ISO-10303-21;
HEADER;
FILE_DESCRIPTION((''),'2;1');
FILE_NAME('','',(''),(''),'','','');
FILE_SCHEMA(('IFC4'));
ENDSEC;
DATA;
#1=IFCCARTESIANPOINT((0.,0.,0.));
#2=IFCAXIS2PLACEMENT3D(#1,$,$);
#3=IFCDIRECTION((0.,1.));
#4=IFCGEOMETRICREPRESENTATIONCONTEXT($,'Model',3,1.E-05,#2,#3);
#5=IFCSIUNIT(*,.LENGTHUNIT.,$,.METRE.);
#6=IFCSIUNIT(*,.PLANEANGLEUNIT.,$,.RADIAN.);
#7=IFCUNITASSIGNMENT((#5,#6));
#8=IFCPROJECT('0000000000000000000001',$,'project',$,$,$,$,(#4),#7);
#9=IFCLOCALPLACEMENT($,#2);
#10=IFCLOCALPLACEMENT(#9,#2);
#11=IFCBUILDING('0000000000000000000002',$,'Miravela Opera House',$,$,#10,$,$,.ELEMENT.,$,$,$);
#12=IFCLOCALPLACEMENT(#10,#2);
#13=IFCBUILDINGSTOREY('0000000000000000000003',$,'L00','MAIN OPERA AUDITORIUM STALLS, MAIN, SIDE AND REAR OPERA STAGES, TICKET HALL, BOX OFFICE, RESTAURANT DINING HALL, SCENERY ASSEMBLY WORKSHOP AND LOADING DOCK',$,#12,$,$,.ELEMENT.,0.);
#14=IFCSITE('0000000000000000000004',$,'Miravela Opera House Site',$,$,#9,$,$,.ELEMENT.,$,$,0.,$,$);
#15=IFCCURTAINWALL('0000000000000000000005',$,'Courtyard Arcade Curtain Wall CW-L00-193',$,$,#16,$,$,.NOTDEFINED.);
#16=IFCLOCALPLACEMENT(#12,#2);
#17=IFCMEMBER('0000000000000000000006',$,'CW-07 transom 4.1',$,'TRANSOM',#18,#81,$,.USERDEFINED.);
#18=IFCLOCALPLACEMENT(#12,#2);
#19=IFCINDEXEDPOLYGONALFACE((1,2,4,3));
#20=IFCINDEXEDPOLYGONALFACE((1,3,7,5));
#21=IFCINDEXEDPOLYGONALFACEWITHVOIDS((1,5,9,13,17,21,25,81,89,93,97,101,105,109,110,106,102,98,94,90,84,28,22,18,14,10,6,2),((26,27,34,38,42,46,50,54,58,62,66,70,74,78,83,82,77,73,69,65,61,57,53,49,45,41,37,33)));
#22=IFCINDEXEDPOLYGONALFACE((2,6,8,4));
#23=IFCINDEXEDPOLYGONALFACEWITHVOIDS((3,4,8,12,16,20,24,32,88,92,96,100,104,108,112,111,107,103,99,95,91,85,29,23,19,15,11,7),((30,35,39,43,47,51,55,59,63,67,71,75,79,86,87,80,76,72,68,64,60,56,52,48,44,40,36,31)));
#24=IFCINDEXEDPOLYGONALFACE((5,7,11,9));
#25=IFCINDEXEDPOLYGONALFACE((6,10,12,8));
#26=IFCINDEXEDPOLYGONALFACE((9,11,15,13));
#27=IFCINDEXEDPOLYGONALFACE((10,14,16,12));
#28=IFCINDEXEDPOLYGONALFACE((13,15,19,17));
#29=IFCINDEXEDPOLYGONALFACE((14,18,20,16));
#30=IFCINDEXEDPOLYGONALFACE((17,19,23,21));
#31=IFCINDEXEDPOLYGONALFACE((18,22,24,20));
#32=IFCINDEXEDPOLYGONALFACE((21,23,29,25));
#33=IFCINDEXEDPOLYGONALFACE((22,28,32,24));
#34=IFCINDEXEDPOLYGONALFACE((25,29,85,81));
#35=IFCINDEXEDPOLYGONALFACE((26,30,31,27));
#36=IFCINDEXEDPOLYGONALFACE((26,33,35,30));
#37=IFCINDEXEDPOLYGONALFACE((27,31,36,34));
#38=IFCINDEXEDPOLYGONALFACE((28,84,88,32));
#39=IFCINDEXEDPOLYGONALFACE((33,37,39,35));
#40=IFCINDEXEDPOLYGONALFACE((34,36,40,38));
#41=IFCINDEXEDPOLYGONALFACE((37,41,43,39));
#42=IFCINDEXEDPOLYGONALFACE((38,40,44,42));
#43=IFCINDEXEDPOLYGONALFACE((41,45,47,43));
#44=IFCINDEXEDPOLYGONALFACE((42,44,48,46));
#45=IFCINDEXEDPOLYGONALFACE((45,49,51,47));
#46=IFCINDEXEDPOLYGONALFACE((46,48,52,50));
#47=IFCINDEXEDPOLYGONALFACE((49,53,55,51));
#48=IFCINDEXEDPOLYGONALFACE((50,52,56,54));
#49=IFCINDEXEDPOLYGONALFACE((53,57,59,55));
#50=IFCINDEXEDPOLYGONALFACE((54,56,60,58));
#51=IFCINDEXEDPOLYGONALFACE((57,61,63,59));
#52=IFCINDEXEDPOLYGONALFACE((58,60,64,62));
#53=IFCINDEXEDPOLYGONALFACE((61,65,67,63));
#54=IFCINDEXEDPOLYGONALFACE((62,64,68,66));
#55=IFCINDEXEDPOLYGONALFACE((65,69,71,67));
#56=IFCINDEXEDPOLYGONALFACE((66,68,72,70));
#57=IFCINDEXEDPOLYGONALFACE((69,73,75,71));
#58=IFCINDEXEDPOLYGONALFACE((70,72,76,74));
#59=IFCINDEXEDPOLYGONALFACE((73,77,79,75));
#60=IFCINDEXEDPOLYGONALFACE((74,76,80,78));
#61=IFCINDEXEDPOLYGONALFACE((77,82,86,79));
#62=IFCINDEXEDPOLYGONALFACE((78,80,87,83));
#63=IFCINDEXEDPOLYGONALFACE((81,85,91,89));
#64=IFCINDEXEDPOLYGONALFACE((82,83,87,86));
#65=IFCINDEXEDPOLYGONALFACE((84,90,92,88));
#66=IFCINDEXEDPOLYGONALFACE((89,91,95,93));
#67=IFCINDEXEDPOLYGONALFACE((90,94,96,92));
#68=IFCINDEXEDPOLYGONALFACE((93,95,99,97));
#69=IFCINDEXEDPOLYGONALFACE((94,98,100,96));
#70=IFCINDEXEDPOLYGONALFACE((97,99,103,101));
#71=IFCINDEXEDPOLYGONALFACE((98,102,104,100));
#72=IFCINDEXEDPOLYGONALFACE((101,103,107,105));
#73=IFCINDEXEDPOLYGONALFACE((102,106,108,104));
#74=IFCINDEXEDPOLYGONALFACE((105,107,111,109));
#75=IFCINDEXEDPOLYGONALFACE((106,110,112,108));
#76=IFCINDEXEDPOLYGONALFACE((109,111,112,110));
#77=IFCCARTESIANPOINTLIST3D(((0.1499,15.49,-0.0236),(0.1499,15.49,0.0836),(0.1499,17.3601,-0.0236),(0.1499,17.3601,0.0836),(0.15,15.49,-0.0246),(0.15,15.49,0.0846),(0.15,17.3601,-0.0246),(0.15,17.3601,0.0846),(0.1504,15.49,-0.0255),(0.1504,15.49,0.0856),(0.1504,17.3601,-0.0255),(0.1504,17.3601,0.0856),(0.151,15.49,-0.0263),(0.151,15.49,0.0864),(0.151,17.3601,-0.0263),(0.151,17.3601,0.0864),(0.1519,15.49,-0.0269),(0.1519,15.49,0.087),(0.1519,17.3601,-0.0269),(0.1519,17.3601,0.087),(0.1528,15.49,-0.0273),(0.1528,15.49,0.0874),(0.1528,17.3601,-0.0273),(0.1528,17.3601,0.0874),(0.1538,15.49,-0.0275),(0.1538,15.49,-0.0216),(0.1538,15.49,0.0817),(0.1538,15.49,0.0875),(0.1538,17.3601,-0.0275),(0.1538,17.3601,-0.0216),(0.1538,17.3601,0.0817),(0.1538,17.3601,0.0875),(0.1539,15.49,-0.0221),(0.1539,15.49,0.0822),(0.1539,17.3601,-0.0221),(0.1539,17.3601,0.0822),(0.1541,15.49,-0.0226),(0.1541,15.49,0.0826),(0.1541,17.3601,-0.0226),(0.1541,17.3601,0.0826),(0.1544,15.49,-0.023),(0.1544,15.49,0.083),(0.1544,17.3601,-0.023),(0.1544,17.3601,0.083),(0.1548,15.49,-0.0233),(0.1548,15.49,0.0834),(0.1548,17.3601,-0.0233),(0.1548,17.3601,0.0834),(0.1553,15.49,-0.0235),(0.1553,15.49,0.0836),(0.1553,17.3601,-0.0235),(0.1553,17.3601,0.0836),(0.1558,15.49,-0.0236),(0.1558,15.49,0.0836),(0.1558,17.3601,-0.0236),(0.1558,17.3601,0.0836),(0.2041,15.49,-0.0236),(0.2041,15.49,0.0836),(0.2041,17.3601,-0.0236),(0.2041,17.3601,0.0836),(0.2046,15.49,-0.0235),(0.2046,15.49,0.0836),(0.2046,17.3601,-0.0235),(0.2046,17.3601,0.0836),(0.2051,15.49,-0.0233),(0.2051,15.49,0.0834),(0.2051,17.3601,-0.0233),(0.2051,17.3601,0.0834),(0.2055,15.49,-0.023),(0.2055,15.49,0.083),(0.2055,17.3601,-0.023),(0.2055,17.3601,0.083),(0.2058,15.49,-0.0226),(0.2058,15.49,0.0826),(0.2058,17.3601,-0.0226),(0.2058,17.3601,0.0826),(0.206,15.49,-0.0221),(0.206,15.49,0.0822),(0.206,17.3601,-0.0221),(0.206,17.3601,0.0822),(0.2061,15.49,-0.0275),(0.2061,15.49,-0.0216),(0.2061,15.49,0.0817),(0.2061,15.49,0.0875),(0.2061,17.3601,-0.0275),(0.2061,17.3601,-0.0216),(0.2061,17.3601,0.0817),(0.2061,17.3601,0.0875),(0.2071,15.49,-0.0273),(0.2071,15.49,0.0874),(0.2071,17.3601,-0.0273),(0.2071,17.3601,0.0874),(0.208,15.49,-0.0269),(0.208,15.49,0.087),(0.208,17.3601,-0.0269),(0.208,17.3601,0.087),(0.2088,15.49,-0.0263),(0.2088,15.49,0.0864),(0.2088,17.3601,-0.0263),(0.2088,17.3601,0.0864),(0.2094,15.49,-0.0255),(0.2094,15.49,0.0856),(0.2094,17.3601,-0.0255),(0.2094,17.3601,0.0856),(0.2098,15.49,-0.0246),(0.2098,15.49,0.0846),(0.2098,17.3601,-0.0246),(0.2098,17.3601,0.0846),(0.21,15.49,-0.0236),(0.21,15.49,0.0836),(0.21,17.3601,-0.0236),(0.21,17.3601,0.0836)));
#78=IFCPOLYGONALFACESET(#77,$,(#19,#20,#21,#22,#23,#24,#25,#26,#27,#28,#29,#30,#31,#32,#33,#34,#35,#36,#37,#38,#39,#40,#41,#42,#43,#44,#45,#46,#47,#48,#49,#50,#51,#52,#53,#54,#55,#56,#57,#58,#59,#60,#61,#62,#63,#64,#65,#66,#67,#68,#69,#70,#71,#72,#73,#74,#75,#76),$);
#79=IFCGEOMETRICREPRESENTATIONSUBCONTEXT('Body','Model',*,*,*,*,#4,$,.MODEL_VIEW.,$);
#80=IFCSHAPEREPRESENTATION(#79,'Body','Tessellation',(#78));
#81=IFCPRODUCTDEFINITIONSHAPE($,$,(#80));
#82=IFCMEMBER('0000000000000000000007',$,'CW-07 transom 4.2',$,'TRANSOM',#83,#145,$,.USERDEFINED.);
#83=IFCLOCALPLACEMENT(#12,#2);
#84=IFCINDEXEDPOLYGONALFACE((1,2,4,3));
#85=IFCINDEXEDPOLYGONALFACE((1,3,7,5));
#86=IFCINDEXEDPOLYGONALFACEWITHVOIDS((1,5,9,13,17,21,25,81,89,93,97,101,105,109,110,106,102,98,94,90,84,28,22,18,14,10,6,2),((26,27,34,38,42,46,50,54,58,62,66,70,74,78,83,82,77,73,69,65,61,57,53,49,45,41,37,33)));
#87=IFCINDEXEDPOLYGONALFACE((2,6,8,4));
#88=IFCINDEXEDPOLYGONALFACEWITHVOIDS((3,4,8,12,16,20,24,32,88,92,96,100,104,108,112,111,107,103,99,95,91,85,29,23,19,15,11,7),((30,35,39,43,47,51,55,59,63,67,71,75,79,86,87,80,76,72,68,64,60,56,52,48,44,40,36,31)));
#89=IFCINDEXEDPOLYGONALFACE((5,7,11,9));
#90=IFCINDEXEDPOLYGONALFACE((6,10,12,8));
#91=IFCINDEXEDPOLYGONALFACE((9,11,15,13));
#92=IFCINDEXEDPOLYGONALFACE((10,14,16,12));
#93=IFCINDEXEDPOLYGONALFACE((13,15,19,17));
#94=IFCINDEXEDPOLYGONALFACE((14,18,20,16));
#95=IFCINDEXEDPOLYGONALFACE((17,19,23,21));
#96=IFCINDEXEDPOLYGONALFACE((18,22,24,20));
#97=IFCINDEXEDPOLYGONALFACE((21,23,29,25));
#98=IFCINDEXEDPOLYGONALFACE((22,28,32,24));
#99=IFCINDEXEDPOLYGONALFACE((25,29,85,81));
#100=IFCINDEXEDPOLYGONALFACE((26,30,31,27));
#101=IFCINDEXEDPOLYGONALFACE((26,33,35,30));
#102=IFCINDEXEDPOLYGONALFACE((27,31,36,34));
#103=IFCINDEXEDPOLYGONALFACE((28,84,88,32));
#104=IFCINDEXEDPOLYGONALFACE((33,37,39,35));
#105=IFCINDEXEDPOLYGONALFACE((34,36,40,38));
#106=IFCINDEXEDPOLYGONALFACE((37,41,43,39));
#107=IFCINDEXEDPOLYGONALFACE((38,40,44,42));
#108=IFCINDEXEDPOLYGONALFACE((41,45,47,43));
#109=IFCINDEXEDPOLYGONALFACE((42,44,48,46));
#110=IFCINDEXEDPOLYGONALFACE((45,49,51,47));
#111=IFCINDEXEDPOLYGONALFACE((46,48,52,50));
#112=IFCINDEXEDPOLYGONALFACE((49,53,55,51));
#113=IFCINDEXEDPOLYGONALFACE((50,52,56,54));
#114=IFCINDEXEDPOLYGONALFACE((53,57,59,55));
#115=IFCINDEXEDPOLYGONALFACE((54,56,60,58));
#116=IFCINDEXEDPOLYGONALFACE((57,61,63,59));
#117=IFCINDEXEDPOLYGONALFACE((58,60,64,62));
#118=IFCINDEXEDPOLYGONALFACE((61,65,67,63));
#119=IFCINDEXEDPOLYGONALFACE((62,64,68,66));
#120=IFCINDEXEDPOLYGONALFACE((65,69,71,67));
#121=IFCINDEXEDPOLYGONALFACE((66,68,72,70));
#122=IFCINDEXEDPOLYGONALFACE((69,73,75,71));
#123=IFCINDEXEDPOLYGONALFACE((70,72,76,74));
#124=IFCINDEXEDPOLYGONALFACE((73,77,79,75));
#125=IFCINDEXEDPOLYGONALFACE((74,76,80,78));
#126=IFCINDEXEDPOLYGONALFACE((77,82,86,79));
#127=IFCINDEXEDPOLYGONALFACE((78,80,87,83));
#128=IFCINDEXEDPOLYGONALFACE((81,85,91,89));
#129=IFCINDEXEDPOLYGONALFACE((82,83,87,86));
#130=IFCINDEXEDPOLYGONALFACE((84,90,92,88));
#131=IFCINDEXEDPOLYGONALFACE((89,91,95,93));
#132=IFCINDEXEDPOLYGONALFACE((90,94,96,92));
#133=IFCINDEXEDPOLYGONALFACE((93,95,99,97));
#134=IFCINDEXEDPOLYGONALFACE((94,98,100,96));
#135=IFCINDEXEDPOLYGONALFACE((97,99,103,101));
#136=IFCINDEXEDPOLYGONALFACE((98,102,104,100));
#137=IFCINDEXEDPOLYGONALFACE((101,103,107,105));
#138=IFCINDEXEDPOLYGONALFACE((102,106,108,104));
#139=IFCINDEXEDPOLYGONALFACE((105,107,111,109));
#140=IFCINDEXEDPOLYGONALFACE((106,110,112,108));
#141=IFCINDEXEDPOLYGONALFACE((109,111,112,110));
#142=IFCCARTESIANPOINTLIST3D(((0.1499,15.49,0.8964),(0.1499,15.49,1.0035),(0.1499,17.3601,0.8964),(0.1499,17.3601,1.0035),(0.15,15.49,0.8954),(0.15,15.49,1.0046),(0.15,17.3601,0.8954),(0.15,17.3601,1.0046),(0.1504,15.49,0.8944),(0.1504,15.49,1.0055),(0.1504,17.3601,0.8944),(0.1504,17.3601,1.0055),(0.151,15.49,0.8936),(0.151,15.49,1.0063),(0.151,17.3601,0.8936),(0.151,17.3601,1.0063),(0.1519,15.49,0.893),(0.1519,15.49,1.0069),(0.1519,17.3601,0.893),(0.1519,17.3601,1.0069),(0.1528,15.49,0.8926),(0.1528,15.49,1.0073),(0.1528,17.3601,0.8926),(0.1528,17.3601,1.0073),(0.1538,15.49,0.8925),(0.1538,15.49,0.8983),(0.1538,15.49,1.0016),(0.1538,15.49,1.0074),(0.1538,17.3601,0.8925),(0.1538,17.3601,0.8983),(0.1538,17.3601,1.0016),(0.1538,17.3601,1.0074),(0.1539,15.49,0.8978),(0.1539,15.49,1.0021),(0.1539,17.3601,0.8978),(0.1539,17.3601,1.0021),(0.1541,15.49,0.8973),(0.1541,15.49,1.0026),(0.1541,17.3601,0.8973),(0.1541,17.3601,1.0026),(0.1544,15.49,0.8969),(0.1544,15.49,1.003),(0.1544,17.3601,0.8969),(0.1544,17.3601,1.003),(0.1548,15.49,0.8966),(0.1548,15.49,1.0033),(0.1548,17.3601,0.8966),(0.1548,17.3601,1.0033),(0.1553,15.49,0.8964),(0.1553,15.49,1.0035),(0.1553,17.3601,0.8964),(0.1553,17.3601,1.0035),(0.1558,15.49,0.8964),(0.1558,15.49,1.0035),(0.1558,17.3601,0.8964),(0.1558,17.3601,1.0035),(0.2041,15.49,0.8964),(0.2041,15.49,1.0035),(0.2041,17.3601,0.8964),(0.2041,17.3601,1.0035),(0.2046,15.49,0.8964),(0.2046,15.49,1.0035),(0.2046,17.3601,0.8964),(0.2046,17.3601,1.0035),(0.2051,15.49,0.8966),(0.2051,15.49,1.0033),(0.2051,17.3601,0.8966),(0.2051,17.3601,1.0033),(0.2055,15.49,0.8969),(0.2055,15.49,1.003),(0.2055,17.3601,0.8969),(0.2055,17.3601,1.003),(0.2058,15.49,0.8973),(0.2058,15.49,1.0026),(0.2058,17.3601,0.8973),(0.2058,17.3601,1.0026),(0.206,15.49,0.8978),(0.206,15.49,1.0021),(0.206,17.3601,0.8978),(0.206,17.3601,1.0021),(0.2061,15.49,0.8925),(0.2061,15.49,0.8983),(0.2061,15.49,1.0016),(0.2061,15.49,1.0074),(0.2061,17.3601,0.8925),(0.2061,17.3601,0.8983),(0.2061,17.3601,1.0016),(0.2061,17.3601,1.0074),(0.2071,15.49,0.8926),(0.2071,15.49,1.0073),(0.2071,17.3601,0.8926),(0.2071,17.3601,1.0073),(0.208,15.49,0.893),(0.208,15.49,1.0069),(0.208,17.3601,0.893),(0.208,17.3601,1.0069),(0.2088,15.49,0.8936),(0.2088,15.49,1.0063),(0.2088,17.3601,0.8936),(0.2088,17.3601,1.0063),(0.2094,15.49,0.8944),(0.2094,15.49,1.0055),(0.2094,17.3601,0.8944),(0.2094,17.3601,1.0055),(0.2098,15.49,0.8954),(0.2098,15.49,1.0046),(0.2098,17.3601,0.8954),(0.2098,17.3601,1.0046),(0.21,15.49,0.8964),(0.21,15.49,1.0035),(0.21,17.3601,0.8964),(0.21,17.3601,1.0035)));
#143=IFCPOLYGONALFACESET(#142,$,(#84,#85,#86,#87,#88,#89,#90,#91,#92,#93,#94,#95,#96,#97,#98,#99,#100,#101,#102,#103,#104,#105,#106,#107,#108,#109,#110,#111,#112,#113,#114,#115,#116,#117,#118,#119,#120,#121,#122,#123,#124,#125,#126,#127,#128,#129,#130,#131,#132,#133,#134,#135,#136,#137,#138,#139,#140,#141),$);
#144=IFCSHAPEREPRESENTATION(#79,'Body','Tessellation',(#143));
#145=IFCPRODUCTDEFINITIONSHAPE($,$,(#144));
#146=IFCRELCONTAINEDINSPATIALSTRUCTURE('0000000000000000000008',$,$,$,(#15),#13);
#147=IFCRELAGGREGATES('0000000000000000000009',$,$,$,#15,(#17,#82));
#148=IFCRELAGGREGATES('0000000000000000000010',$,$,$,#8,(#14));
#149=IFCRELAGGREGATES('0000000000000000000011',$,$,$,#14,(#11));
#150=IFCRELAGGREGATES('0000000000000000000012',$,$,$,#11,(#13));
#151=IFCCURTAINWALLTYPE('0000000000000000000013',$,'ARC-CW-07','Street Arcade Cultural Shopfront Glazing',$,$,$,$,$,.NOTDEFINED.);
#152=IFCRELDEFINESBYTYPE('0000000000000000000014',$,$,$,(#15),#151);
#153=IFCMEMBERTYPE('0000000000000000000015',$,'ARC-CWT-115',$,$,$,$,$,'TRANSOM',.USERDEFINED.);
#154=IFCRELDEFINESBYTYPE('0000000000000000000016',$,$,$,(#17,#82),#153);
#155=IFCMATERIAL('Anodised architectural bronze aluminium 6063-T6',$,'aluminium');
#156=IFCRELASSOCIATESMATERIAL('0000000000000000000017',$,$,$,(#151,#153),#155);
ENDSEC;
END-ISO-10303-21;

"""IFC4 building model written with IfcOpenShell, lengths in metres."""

from ifc_helpers import new_model, si_unit, direction, frame, origin, origin_2d, place, context, subcontext, project, spatial, hollow_rectangle, extrude, material, material_profile, profile_set, type_object, element, aggregate, save


model = new_model("IFC4")

# Units and contexts
model_context = context("Model", 3, precision=1e-05, world=origin(), true_north=direction((0.0, 1.0)))
body_context = subcontext(model_context, "Body", "Model", "MODEL_VIEW")
ifc_project = project(units=[si_unit("LENGTHUNIT", "METRE"), si_unit("PLANEANGLEUNIT", "RADIAN")], contexts=[model_context])

# Site, building, storey
site_placement = place(None, origin())
site = spatial("IfcSite", under=ifc_project, at=site_placement, Name="Miravela Opera House Site", CompositionType="ELEMENT", RefElevation=0.0)
building_placement = place(site_placement, origin())
building = spatial("IfcBuilding", under=site, at=building_placement, Name="Miravela Opera House", CompositionType="ELEMENT")
storey_placement = place(building_placement, origin())
storey = spatial("IfcBuildingStorey", under=building, at=storey_placement, Name="L00", Description="MAIN OPERA AUDITORIUM STALLS, MAIN, SIDE AND REAR OPERA STAGES, TICKET HALL, BOX OFFICE, RESTAURANT DINING HALL, SCENERY ASSEMBLY WORKSHOP AND LOADING DOCK", CompositionType="ELEMENT", Elevation=0.0)

# Curtain wall, members
ifc_material_1 = material(Name="Anodised architectural bronze aluminium 6063-T6", Category="aluminium")
curtain_wall_type = type_object("IfcCurtainWallType", Name="ARC-CW-07", Description="Street Arcade Cultural Shopfront Glazing", PredefinedType="NOTDEFINED", material=ifc_material_1)
curtain_wall_placement = place(storey_placement, origin())
curtain_wall = element("IfcCurtainWall", 1, at=curtain_wall_placement, inside=storey, type_object=curtain_wall_type, Name="Courtyard Arcade Curtain Wall CW-L00-193", PredefinedType="NOTDEFINED")
ifc_material_profile_1 = material_profile(ifc_material_1, hollow_rectangle(XDim=0.0601, YDim=0.115, WallThickness=0.0039, InnerFilletRadius=0.002, OuterFilletRadius=0.0039, at=origin_2d()), Name="CWT-60X115")
ifc_profile_set_1 = profile_set([ifc_material_profile_1])
member_type_1 = type_object("IfcMemberType", Name="ARC-CWT-115", ElementType="TRANSOM", PredefinedType="USERDEFINED", material=ifc_profile_set_1)
member_1_placement = place(storey_placement, frame((0.1799, 15.49, 0.03), z_axis=(0.0, 1.0, 0.0), x_axis=(-1.0, 0.0, 0.0)))
member_1 = element("IfcMember", 2, at=member_1_placement, type_object=member_type_1, Name="CW-07 transom 4.1", ObjectType="TRANSOM", PredefinedType="USERDEFINED", context=body_context, shape_type="SweptSolid", body=[
    extrude(hollow_rectangle(XDim=0.0601, YDim=0.115, WallThickness=0.0039, InnerFilletRadius=0.002, OuterFilletRadius=0.0039, at=origin_2d()), origin(), (0.0, 0.0, 1.0), 1.8701),
])
member_2_placement = place(storey_placement, frame((0.1799, 15.49, 0.95), z_axis=(0.0, 1.0, 0.0), x_axis=(-1.0, 0.0, 0.0)))
member_2 = element("IfcMember", 3, at=member_2_placement, type_object=member_type_1, Name="CW-07 transom 4.2", ObjectType="TRANSOM", PredefinedType="USERDEFINED", context=body_context, shape_type="SweptSolid", body=[
    extrude(hollow_rectangle(XDim=0.0601, YDim=0.115, WallThickness=0.0039, InnerFilletRadius=0.002, OuterFilletRadius=0.0039, at=origin_2d()), origin(), (0.0, 0.0, 1.0), 1.8701),
])

aggregate(curtain_wall, [member_1, member_2])

save(model, "model.ifc")
